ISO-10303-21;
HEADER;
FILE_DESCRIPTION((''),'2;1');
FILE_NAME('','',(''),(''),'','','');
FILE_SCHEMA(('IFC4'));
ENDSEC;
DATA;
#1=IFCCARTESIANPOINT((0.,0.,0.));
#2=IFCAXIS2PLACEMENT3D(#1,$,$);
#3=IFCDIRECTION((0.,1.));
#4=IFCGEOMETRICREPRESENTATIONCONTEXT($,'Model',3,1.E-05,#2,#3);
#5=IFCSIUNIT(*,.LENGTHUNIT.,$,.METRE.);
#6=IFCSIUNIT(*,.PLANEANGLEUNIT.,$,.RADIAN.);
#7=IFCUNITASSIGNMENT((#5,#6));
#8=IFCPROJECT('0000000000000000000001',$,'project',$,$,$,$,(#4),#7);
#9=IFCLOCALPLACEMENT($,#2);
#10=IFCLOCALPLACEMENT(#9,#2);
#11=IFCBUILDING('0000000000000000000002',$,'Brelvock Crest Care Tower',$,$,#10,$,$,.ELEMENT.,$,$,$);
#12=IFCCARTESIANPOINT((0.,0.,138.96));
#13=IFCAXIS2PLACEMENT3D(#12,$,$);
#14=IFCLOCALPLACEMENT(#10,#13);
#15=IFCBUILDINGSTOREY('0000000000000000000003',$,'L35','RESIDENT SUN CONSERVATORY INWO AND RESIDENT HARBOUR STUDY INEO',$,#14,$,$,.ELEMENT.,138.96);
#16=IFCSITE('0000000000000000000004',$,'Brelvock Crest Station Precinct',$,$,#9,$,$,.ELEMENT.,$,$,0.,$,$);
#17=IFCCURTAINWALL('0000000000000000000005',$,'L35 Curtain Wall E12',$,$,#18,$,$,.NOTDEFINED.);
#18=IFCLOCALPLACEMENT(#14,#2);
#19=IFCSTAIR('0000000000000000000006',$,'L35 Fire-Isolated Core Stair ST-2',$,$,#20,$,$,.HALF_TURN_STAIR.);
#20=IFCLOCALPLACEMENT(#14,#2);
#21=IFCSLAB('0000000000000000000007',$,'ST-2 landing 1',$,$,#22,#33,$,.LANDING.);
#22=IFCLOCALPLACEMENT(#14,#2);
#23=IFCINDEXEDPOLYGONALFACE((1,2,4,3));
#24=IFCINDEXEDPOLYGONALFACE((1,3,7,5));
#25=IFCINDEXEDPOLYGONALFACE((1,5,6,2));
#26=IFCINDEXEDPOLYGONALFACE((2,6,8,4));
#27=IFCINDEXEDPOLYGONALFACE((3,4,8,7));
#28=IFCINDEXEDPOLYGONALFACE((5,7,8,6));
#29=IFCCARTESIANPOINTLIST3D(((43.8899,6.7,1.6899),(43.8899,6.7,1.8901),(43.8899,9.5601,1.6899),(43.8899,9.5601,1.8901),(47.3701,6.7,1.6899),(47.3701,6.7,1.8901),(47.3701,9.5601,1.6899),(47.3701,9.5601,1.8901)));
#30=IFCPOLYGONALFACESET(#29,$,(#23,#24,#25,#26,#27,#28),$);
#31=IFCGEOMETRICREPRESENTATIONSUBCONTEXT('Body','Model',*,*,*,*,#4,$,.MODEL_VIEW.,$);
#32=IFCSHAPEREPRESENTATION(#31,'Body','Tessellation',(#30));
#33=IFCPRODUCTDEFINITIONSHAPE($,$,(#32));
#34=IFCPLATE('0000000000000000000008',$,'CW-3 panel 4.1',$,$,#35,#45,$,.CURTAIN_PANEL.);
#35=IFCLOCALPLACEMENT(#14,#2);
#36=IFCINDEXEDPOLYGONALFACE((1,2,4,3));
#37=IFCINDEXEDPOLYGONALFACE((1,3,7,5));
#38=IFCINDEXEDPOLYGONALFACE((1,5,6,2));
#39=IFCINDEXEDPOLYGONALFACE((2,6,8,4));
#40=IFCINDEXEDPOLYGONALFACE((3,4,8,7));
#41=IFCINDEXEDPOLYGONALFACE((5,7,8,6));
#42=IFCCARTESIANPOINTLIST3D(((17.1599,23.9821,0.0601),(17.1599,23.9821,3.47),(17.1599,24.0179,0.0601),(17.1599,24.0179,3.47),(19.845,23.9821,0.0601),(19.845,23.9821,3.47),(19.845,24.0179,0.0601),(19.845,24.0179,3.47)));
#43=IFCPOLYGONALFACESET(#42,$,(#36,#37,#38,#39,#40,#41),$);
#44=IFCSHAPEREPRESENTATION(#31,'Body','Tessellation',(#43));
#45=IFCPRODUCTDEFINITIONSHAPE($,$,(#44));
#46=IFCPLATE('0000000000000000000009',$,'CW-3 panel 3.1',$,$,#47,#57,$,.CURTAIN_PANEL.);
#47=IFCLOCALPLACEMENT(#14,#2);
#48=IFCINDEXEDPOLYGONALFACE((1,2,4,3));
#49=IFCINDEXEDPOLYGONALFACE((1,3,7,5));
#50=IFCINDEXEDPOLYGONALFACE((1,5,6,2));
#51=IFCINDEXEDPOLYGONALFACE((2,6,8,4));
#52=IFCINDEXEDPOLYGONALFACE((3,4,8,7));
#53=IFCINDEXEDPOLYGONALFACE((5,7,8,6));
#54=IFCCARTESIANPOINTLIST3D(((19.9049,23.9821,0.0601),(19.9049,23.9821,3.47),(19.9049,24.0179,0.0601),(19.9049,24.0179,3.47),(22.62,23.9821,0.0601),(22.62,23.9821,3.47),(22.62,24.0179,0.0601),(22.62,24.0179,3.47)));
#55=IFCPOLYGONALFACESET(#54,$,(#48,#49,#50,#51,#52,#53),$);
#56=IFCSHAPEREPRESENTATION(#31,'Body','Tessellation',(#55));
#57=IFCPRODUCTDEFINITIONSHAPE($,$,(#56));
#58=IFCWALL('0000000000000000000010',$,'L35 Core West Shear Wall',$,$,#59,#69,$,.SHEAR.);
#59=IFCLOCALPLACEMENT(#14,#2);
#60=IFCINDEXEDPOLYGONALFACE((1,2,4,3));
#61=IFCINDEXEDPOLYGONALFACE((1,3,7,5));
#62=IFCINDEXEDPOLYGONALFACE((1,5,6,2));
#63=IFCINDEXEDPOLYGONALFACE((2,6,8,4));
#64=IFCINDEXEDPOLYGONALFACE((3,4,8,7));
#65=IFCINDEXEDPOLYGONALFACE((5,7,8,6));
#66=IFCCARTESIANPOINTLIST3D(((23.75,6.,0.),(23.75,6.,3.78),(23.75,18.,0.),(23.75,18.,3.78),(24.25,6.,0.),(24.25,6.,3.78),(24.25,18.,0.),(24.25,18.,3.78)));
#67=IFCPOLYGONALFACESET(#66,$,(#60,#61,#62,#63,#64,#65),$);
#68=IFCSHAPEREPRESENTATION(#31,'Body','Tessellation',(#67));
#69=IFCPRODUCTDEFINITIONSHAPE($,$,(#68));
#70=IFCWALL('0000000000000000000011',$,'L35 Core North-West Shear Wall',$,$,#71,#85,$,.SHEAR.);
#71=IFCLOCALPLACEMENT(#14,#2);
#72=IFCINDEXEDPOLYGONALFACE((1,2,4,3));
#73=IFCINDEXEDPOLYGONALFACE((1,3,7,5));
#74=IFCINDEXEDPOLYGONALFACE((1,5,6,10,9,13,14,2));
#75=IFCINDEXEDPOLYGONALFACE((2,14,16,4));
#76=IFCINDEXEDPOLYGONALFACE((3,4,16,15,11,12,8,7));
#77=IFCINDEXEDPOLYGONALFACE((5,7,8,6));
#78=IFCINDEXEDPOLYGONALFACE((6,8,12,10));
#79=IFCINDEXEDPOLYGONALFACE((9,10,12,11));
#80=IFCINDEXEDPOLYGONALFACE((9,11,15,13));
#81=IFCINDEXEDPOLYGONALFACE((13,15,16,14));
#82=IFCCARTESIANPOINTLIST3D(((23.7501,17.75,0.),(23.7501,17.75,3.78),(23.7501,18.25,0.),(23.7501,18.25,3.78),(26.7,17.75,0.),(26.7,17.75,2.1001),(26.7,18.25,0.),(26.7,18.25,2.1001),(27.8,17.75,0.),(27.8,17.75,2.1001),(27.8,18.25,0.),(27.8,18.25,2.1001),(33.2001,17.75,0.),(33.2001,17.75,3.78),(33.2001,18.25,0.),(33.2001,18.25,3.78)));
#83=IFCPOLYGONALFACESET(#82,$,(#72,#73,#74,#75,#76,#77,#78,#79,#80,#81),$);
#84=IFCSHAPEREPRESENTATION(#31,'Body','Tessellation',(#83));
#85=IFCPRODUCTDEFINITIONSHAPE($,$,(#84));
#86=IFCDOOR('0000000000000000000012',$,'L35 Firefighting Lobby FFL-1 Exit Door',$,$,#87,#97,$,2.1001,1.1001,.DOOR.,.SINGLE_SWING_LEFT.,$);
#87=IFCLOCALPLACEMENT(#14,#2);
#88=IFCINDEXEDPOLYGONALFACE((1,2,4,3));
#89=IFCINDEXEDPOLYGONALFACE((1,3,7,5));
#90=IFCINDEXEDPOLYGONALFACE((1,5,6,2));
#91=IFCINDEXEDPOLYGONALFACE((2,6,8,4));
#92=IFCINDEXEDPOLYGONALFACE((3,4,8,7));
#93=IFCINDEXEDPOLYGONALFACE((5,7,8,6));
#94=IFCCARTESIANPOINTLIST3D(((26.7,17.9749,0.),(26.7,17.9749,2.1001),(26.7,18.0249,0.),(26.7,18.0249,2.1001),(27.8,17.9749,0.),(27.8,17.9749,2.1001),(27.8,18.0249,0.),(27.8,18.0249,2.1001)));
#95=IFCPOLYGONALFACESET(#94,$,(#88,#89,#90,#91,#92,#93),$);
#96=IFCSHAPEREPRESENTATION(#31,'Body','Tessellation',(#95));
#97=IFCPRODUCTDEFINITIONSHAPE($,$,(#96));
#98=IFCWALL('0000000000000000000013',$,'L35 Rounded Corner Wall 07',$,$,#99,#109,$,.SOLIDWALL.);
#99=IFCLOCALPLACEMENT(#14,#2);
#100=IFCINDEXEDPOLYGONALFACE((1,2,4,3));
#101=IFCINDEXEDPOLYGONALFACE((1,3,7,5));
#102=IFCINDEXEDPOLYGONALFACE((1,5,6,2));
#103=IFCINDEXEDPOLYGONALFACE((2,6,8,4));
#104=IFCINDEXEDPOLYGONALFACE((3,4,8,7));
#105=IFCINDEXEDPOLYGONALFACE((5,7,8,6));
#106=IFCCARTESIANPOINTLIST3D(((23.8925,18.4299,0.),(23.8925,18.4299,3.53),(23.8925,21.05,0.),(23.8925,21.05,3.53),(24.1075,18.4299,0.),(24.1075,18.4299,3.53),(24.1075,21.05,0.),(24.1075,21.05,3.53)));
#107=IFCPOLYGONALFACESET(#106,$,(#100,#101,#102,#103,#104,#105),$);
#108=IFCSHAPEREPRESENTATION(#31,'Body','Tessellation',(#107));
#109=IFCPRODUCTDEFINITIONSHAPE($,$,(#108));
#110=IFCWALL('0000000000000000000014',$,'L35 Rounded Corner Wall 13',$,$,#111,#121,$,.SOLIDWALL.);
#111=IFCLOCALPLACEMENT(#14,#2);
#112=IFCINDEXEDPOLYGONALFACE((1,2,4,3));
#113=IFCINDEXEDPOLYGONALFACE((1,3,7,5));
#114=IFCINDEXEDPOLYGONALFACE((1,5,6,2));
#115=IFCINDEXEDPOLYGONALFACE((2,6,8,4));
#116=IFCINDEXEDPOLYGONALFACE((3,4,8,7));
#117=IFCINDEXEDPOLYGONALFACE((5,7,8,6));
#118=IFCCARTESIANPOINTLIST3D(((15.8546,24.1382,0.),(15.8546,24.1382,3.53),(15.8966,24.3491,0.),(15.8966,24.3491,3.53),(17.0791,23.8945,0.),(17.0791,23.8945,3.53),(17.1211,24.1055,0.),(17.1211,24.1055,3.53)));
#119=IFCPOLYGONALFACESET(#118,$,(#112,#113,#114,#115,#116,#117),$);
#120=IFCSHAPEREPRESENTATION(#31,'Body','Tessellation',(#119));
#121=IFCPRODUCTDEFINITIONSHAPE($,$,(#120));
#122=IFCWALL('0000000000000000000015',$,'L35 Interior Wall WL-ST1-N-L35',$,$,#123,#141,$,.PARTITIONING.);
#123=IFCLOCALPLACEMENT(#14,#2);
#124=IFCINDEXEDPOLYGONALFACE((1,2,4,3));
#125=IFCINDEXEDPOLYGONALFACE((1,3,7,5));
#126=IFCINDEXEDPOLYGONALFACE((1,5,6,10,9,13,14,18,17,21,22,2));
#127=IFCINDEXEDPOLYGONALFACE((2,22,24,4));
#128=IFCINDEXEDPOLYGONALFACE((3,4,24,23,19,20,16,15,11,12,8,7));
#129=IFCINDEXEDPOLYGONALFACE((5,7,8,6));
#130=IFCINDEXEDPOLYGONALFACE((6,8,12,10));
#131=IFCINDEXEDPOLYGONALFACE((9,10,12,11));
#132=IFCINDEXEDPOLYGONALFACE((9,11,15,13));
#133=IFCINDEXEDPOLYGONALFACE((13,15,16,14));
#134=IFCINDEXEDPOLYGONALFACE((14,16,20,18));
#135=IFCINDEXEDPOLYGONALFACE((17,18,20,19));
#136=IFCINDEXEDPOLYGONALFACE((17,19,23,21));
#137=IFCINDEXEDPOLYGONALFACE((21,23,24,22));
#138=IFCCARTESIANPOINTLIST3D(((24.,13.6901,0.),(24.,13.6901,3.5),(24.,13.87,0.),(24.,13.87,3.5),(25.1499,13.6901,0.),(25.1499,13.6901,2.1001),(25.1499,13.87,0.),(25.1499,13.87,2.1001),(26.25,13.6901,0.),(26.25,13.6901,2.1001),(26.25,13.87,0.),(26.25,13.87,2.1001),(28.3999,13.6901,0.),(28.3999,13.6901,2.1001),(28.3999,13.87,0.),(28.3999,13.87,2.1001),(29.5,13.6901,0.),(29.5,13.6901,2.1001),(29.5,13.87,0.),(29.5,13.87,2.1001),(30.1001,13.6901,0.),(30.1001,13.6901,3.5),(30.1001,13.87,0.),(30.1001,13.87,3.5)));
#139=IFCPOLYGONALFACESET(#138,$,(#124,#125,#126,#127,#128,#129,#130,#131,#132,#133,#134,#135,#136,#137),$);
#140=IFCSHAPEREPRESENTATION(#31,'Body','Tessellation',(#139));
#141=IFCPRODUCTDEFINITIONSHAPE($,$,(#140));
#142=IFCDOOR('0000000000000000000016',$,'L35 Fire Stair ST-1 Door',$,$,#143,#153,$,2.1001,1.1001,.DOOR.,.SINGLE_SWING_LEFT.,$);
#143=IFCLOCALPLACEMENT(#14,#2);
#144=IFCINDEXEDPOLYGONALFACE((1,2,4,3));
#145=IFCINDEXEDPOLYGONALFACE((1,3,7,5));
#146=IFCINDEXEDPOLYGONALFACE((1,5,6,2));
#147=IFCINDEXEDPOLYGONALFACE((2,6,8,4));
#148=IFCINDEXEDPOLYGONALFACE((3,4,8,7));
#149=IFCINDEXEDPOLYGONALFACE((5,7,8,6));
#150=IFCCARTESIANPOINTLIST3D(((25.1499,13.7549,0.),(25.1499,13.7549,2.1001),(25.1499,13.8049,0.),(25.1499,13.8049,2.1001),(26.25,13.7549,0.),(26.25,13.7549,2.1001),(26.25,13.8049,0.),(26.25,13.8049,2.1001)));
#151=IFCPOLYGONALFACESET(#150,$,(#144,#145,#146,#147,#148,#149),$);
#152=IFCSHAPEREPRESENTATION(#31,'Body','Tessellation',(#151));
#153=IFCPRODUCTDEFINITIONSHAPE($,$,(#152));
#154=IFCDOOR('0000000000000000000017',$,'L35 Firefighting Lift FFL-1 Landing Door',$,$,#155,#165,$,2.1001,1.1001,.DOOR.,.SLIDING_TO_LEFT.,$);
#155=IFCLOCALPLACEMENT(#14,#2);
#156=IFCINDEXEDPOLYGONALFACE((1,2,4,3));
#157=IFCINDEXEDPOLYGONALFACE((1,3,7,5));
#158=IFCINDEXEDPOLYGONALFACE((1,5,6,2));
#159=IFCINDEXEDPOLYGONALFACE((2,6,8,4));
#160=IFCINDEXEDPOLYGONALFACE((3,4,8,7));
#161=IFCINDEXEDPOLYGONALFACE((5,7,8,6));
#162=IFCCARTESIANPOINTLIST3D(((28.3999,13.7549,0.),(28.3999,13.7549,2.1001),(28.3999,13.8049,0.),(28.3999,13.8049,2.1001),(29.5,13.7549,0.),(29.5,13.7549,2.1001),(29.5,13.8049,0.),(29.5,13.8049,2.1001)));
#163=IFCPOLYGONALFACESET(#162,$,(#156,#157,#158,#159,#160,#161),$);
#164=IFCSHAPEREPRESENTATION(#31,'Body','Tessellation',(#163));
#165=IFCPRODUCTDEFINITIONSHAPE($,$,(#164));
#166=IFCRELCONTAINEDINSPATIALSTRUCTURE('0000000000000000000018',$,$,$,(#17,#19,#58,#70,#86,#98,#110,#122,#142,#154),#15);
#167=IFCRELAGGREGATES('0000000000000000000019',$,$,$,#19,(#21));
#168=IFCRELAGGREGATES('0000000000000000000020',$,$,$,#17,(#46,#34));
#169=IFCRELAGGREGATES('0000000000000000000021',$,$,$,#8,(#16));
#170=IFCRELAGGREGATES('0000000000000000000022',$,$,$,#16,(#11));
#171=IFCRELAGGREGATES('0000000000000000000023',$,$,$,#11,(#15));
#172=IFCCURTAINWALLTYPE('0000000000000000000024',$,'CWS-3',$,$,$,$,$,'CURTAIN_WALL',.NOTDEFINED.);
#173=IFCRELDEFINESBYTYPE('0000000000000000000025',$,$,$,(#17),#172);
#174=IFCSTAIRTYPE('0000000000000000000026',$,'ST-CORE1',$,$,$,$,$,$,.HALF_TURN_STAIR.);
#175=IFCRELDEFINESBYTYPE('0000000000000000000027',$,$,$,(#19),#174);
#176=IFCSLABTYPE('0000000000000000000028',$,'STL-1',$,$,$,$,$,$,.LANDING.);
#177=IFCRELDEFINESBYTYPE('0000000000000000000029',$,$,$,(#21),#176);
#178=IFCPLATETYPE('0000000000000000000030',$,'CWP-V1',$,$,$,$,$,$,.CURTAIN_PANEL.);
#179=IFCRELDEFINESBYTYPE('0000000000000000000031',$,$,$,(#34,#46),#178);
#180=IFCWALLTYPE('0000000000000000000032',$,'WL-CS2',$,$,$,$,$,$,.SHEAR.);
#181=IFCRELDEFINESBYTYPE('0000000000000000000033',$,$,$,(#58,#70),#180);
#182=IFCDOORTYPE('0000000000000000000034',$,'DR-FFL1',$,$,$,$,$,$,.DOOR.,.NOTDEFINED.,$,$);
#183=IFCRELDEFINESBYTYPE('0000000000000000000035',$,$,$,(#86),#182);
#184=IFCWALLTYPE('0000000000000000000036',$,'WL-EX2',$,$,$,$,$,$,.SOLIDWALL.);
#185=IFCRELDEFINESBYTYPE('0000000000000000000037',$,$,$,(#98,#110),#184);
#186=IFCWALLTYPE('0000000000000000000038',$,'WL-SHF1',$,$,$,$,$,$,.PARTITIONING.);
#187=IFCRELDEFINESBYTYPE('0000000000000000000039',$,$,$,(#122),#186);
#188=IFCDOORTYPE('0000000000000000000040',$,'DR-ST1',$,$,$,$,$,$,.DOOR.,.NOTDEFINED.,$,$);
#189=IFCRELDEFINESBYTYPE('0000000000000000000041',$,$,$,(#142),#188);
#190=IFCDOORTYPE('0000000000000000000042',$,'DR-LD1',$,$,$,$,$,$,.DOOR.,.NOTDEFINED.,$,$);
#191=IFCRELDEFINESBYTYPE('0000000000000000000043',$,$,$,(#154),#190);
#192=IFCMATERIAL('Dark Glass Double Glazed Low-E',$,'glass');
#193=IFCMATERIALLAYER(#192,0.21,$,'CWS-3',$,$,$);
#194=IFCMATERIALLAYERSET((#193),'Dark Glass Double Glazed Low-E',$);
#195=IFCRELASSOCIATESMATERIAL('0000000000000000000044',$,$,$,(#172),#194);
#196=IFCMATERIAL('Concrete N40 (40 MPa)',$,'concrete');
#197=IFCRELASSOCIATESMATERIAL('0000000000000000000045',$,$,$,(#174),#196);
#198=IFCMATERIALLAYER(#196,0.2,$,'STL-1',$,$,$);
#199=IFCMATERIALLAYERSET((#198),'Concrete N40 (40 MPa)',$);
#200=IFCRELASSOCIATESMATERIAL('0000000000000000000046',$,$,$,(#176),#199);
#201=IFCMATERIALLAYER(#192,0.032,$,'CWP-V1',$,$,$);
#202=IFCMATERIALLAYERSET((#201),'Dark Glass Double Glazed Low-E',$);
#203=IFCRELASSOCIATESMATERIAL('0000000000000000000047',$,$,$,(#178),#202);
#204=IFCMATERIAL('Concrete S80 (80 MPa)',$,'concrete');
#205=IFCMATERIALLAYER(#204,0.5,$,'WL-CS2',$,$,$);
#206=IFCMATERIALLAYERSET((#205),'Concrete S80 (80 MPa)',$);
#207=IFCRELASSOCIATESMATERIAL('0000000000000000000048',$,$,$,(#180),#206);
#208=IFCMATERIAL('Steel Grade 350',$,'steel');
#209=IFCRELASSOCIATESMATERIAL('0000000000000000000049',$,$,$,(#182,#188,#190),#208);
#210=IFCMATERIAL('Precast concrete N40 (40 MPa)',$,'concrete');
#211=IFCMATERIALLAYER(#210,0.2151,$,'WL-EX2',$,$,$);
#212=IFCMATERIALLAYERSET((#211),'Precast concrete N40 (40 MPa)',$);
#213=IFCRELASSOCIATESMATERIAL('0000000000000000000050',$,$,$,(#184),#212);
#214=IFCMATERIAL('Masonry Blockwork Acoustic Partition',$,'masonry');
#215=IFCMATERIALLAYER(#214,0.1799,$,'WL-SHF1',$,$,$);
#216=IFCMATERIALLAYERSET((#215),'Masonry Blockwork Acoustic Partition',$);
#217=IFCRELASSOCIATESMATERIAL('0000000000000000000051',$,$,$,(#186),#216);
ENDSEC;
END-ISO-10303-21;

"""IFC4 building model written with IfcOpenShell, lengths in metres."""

from ifc_helpers import new_model, si_unit, direction, frame, frame_2d, origin, origin_2d, place, context, subcontext, project, spatial, polyline, rectangle, outline, extrude, source, transform, mapped, material, layer, layer_set, type_object, element, fill, aggregate, save


model = new_model("IFC4")

# Units and contexts
model_context = context("Model", 3, precision=1e-05, world=origin(), true_north=direction((0.0, 1.0)))
body_context = subcontext(model_context, "Body", "Model", "MODEL_VIEW")
ifc_project = project(units=[si_unit("LENGTHUNIT", "METRE"), si_unit("PLANEANGLEUNIT", "RADIAN")], contexts=[model_context])

# Site, building, storey
site_placement = place(None, origin())
site = spatial("IfcSite", under=ifc_project, at=site_placement, Name="Brelvock Crest Station Precinct", CompositionType="ELEMENT", RefElevation=0.0)
building_placement = place(site_placement, origin())
building = spatial("IfcBuilding", under=site, at=building_placement, Name="Brelvock Crest Care Tower", CompositionType="ELEMENT")
storey_placement = place(building_placement, frame((0.0, 0.0, 138.96)))
storey = spatial("IfcBuildingStorey", under=building, at=storey_placement, Name="L35", Description="RESIDENT SUN CONSERVATORY INWO AND RESIDENT HARBOUR STUDY INEO", CompositionType="ELEMENT", Elevation=138.96)

# Shared definitions
ifc_material_1 = material(Name="Concrete S80 (80 MPa)", Category="concrete")

# Shared definitions
ifc_material_2 = material(Name="Steel Grade 350", Category="steel")

# Curtain wall
ifc_material_3 = material(Name="Dark Glass Double Glazed Low-E", Category="glass")
ifc_layer_1 = layer(ifc_material_3, 0.21, Name="CWS-3")
ifc_layer_set_1 = layer_set([ifc_layer_1], Name="Dark Glass Double Glazed Low-E")
curtain_wall_type = type_object("IfcCurtainWallType", Name="CWS-3", ElementType="CURTAIN_WALL", PredefinedType="NOTDEFINED", material=ifc_layer_set_1)
curtain_wall_placement = place(storey_placement, origin())
curtain_wall = element("IfcCurtainWall", 1, at=curtain_wall_placement, inside=storey, type_object=curtain_wall_type, Name="L35 Curtain Wall E12", PredefinedType="NOTDEFINED")

# Stair, slab
ifc_material_4 = material(Name="Concrete N40 (40 MPa)", Category="concrete")
stair_type = type_object("IfcStairType", Name="ST-CORE1", PredefinedType="HALF_TURN_STAIR", material=ifc_material_4)
ifc_layer_2 = layer(ifc_material_4, 0.2, Name="STL-1")
ifc_layer_set_2 = layer_set([ifc_layer_2], Name="Concrete N40 (40 MPa)")
slab_type_1 = type_object("IfcSlabType", Name="STL-1", PredefinedType="LANDING", material=ifc_layer_set_2)
stair_1_placement = place(storey_placement, origin())
stair_1 = element("IfcStair", 2, at=stair_1_placement, inside=storey, type_object=stair_type, Name="L35 Fire-Isolated Core Stair ST-2", PredefinedType="HALF_TURN_STAIR")
slab_1_placement = place(storey_placement, frame((0.0, 0.0, 1.6899)))
slab_1 = element("IfcSlab", 3, at=slab_1_placement, type_object=slab_type_1, Name="ST-2 landing 1", PredefinedType="LANDING", context=body_context, shape_type="SweptSolid", body=[
    extrude(outline(polyline([(43.8899, 9.5601), (43.8899, 6.7), (47.3701, 6.7), (47.3701, 9.5601), (43.8899, 9.5601)])), origin(), (0.0, 0.0, 1.0), 0.2002),
])
aggregate(stair_1, [slab_1])

# Plates
ifc_layer_3 = layer(ifc_material_3, 0.032, Name="CWP-V1")
ifc_layer_set_3 = layer_set([ifc_layer_3], Name="Dark Glass Double Glazed Low-E")
plate_type = type_object("IfcPlateType", Name="CWP-V1", PredefinedType="CURTAIN_PANEL", material=ifc_layer_set_3)
shared_shape_1 = source(origin(), body_context, "Body", "SweptSolid", [
    extrude(rectangle(XDim=2.6851, YDim=0.0359, at=origin_2d()), origin(), (0.0, 0.0, 1.0), 3.4099),
])
plate_1_placement = place(storey_placement, frame((18.5024, 24.0, 0.0601), z_axis=(0.0, 0.0, 1.0), x_axis=(-1.0, 0.0, 0.0)))
plate_1 = element("IfcPlate", 4, at=plate_1_placement, type_object=plate_type, Name="CW-3 panel 4.1", PredefinedType="CURTAIN_PANEL", context=body_context, shape_type="MappedRepresentation", body=[
    mapped(shared_shape_1, transform((0.0, 0.0, 0.0), x_axis=(1.0, 0.0, 0.0), y_axis=(0.0, 1.0, 0.0), z_axis=(0.0, 0.0, 1.0), scale=1.0)),
])
shared_shape_2 = source(origin(), body_context, "Body", "SweptSolid", [
    extrude(rectangle(XDim=2.7151, YDim=0.0359, at=origin_2d()), origin(), (0.0, 0.0, 1.0), 3.4099),
])
plate_2_placement = place(storey_placement, frame((21.2625, 24.0, 0.0601), z_axis=(0.0, 0.0, 1.0), x_axis=(-1.0, 0.0, 0.0)))
plate_2 = element("IfcPlate", 5, at=plate_2_placement, type_object=plate_type, Name="CW-3 panel 3.1", PredefinedType="CURTAIN_PANEL", context=body_context, shape_type="MappedRepresentation", body=[
    mapped(shared_shape_2, transform((0.0, 0.0, 0.0), x_axis=(1.0, 0.0, 0.0), y_axis=(0.0, 1.0, 0.0), z_axis=(0.0, 0.0, 1.0), scale=1.0)),
])
aggregate(curtain_wall, [plate_2, plate_1])

# Wall
ifc_layer_4 = layer(ifc_material_1, 0.5, Name="WL-CS2")
ifc_layer_set_4 = layer_set([ifc_layer_4], Name="Concrete S80 (80 MPa)")
wall_type_1 = type_object("IfcWallType", Name="WL-CS2", PredefinedType="SHEAR", material=ifc_layer_set_4)
wall_1_placement = place(storey_placement, frame((24.0, 6.0, 0.0), z_axis=(0.0, 0.0, 1.0), x_axis=(0.0, 1.0, 0.0)))
element("IfcWall", 6, at=wall_1_placement, inside=storey, type_object=wall_type_1, Name="L35 Core West Shear Wall", PredefinedType="SHEAR", context=body_context, shape_type="SweptSolid", body=[
    extrude(rectangle(XDim=12.0, YDim=0.5, at=frame_2d((6.0, 0.0))), origin(), (0.0, 0.0, 1.0), 3.78),
])

# Wall, opening, door
wall_2_placement = place(storey_placement, frame((23.75, 18.0, 0.0), z_axis=(0.0, 0.0, 1.0), x_axis=(1.0, 0.0, 0.0)))
wall_2 = element("IfcWall", 7, at=wall_2_placement, inside=storey, type_object=wall_type_1, Name="L35 Core North-West Shear Wall", PredefinedType="SHEAR", context=body_context, shape_type="SweptSolid", body=[
    extrude(rectangle(XDim=9.45, YDim=0.5, at=frame_2d((4.7251, 0.0))), origin(), (0.0, 0.0, 1.0), 3.78),
])
opening_1_placement = place(wall_2_placement, frame((2.95, 0.0, 0.0)))
opening_1 = element("IfcOpeningElement", 8, at=opening_1_placement, cuts=wall_2, PredefinedType="OPENING", context=body_context, shape_type="SweptSolid", body=[
    extrude(rectangle(XDim=1.1001, YDim=2.1001, at=origin_2d()), frame((0.55, 0.26, 1.05), z_axis=(0.0, -1.0, 0.0), x_axis=(1.0, 0.0, 0.0)), (0.0, 0.0, 1.0), 0.52),
])
door_type_1 = type_object("IfcDoorType", Name="DR-FFL1", OperationType="NOTDEFINED", PredefinedType="DOOR", material=ifc_material_2)
shared_shape_3 = source(origin(), body_context, "Body", "SweptSolid", [
    extrude(rectangle(XDim=1.1001, YDim=2.1001, at=origin_2d()), frame((0.55, 0.0249, 1.05), z_axis=(0.0, -1.0, 0.0), x_axis=(1.0, 0.0, 0.0)), (0.0, 0.0, 1.0), 0.05),
])
door_1_placement = place(opening_1_placement, origin())
door_1 = element("IfcDoor", 9, at=door_1_placement, inside=storey, type_object=door_type_1, Name="L35 Firefighting Lobby FFL-1 Exit Door", OperationType="SINGLE_SWING_LEFT", OverallHeight=2.1001, OverallWidth=1.1001, PredefinedType="DOOR", context=body_context, shape_type="MappedRepresentation", body=[
    mapped(shared_shape_3, transform((0.0, 0.0, 0.0), x_axis=(1.0, 0.0, 0.0), y_axis=(0.0, 1.0, 0.0), z_axis=(0.0, 0.0, 1.0), scale=1.0)),
])
fill(opening_1, door_1)

# Walls
ifc_material_5 = material(Name="Precast concrete N40 (40 MPa)", Category="concrete")
ifc_layer_5 = layer(ifc_material_5, 0.2151, Name="WL-EX2")
ifc_layer_set_5 = layer_set([ifc_layer_5], Name="Precast concrete N40 (40 MPa)")
wall_type_2 = type_object("IfcWallType", Name="WL-EX2", PredefinedType="SOLIDWALL", material=ifc_layer_set_5)
wall_3_placement = place(storey_placement, frame((24.0, 18.4299, 0.0), z_axis=(0.0, 0.0, 1.0), x_axis=(0.0, 1.0, 0.0)))
element("IfcWall", 10, at=wall_3_placement, inside=storey, type_object=wall_type_2, Name="L35 Rounded Corner Wall 07", PredefinedType="SOLIDWALL", context=body_context, shape_type="SweptSolid", body=[
    extrude(rectangle(XDim=2.6201, YDim=0.2151, at=frame_2d((1.3101, 0.0))), origin(), (0.0, 0.0, 1.0), 3.53),
])
wall_4_placement = place(storey_placement, frame((17.1001, 24.0, 0.0), z_axis=(0.0, 0.0, 1.0), x_axis=(-0.980776, 0.195138, 0.0)))
element("IfcWall", 11, at=wall_4_placement, inside=storey, type_object=wall_type_2, Name="L35 Rounded Corner Wall 13", PredefinedType="SOLIDWALL", context=body_context, shape_type="SweptSolid", body=[
    extrude(rectangle(XDim=1.2485, YDim=0.2151, at=frame_2d((0.6243, 0.0))), origin(), (0.0, 0.0, 1.0), 3.53),
])

# Wall, openings, doors
ifc_material_6 = material(Name="Masonry Blockwork Acoustic Partition", Category="masonry")
ifc_layer_6 = layer(ifc_material_6, 0.1799, Name="WL-SHF1")
ifc_layer_set_6 = layer_set([ifc_layer_6], Name="Masonry Blockwork Acoustic Partition")
wall_type_3 = type_object("IfcWallType", Name="WL-SHF1", PredefinedType="PARTITIONING", material=ifc_layer_set_6)
wall_5_placement = place(storey_placement, frame((24.0, 13.78, 0.0), z_axis=(0.0, 0.0, 1.0), x_axis=(1.0, 0.0, 0.0)))
wall_5 = element("IfcWall", 12, at=wall_5_placement, inside=storey, type_object=wall_type_3, Name="L35 Interior Wall WL-ST1-N-L35", PredefinedType="PARTITIONING", context=body_context, shape_type="SweptSolid", body=[
    extrude(rectangle(XDim=6.1001, YDim=0.1799, at=frame_2d((3.05, 0.0))), origin(), (0.0, 0.0, 1.0), 3.5),
])
opening_2_placement = place(wall_5_placement, frame((1.1499, 0.0, 0.0)))
opening_2 = element("IfcOpeningElement", 13, at=opening_2_placement, cuts=wall_5, PredefinedType="OPENING", context=body_context, shape_type="SweptSolid", body=[
    extrude(rectangle(XDim=1.1001, YDim=2.1001, at=origin_2d()), frame((0.55, 0.1001, 1.05), z_axis=(0.0, -1.0, 0.0), x_axis=(1.0, 0.0, 0.0)), (0.0, 0.0, 1.0), 0.2),
])
opening_3_placement = place(wall_5_placement, frame((4.3999, 0.0, 0.0)))
opening_3 = element("IfcOpeningElement", 14, at=opening_3_placement, cuts=wall_5, PredefinedType="OPENING", context=body_context, shape_type="SweptSolid", body=[
    extrude(rectangle(XDim=1.1001, YDim=2.1001, at=origin_2d()), frame((0.55, 0.1001, 1.05), z_axis=(0.0, -1.0, 0.0), x_axis=(1.0, 0.0, 0.0)), (0.0, 0.0, 1.0), 0.2),
])
door_type_2 = type_object("IfcDoorType", Name="DR-ST1", OperationType="NOTDEFINED", PredefinedType="DOOR", material=ifc_material_2)
shared_shape_4 = source(origin(), body_context, "Body", "SweptSolid", [
    extrude(rectangle(XDim=1.1001, YDim=2.1001, at=origin_2d()), frame((0.55, 0.0249, 1.05), z_axis=(0.0, -1.0, 0.0), x_axis=(1.0, 0.0, 0.0)), (0.0, 0.0, 1.0), 0.05),
])
door_2_placement = place(opening_2_placement, origin())
door_2 = element("IfcDoor", 15, at=door_2_placement, inside=storey, type_object=door_type_2, Name="L35 Fire Stair ST-1 Door", OperationType="SINGLE_SWING_LEFT", OverallHeight=2.1001, OverallWidth=1.1001, PredefinedType="DOOR", context=body_context, shape_type="MappedRepresentation", body=[
    mapped(shared_shape_4, transform((0.0, 0.0, 0.0), x_axis=(1.0, 0.0, 0.0), y_axis=(0.0, 1.0, 0.0), z_axis=(0.0, 0.0, 1.0), scale=1.0)),
])
fill(opening_2, door_2)
door_type_3 = type_object("IfcDoorType", Name="DR-LD1", OperationType="NOTDEFINED", PredefinedType="DOOR", material=ifc_material_2)
shared_shape_5 = source(origin(), body_context, "Body", "SweptSolid", [
    extrude(rectangle(XDim=1.1001, YDim=2.1001, at=origin_2d()), frame((0.55, 0.0249, 1.05), z_axis=(0.0, -1.0, 0.0), x_axis=(1.0, 0.0, 0.0)), (0.0, 0.0, 1.0), 0.05),
])
door_3_placement = place(opening_3_placement, origin())
door_3 = element("IfcDoor", 16, at=door_3_placement, inside=storey, type_object=door_type_3, Name="L35 Firefighting Lift FFL-1 Landing Door", OperationType="SLIDING_TO_LEFT", OverallHeight=2.1001, OverallWidth=1.1001, PredefinedType="DOOR", context=body_context, shape_type="MappedRepresentation", body=[
    mapped(shared_shape_5, transform((0.0, 0.0, 0.0), x_axis=(1.0, 0.0, 0.0), y_axis=(0.0, 1.0, 0.0), z_axis=(0.0, 0.0, 1.0), scale=1.0)),
])
fill(opening_3, door_3)

save(model, "model.ifc")
